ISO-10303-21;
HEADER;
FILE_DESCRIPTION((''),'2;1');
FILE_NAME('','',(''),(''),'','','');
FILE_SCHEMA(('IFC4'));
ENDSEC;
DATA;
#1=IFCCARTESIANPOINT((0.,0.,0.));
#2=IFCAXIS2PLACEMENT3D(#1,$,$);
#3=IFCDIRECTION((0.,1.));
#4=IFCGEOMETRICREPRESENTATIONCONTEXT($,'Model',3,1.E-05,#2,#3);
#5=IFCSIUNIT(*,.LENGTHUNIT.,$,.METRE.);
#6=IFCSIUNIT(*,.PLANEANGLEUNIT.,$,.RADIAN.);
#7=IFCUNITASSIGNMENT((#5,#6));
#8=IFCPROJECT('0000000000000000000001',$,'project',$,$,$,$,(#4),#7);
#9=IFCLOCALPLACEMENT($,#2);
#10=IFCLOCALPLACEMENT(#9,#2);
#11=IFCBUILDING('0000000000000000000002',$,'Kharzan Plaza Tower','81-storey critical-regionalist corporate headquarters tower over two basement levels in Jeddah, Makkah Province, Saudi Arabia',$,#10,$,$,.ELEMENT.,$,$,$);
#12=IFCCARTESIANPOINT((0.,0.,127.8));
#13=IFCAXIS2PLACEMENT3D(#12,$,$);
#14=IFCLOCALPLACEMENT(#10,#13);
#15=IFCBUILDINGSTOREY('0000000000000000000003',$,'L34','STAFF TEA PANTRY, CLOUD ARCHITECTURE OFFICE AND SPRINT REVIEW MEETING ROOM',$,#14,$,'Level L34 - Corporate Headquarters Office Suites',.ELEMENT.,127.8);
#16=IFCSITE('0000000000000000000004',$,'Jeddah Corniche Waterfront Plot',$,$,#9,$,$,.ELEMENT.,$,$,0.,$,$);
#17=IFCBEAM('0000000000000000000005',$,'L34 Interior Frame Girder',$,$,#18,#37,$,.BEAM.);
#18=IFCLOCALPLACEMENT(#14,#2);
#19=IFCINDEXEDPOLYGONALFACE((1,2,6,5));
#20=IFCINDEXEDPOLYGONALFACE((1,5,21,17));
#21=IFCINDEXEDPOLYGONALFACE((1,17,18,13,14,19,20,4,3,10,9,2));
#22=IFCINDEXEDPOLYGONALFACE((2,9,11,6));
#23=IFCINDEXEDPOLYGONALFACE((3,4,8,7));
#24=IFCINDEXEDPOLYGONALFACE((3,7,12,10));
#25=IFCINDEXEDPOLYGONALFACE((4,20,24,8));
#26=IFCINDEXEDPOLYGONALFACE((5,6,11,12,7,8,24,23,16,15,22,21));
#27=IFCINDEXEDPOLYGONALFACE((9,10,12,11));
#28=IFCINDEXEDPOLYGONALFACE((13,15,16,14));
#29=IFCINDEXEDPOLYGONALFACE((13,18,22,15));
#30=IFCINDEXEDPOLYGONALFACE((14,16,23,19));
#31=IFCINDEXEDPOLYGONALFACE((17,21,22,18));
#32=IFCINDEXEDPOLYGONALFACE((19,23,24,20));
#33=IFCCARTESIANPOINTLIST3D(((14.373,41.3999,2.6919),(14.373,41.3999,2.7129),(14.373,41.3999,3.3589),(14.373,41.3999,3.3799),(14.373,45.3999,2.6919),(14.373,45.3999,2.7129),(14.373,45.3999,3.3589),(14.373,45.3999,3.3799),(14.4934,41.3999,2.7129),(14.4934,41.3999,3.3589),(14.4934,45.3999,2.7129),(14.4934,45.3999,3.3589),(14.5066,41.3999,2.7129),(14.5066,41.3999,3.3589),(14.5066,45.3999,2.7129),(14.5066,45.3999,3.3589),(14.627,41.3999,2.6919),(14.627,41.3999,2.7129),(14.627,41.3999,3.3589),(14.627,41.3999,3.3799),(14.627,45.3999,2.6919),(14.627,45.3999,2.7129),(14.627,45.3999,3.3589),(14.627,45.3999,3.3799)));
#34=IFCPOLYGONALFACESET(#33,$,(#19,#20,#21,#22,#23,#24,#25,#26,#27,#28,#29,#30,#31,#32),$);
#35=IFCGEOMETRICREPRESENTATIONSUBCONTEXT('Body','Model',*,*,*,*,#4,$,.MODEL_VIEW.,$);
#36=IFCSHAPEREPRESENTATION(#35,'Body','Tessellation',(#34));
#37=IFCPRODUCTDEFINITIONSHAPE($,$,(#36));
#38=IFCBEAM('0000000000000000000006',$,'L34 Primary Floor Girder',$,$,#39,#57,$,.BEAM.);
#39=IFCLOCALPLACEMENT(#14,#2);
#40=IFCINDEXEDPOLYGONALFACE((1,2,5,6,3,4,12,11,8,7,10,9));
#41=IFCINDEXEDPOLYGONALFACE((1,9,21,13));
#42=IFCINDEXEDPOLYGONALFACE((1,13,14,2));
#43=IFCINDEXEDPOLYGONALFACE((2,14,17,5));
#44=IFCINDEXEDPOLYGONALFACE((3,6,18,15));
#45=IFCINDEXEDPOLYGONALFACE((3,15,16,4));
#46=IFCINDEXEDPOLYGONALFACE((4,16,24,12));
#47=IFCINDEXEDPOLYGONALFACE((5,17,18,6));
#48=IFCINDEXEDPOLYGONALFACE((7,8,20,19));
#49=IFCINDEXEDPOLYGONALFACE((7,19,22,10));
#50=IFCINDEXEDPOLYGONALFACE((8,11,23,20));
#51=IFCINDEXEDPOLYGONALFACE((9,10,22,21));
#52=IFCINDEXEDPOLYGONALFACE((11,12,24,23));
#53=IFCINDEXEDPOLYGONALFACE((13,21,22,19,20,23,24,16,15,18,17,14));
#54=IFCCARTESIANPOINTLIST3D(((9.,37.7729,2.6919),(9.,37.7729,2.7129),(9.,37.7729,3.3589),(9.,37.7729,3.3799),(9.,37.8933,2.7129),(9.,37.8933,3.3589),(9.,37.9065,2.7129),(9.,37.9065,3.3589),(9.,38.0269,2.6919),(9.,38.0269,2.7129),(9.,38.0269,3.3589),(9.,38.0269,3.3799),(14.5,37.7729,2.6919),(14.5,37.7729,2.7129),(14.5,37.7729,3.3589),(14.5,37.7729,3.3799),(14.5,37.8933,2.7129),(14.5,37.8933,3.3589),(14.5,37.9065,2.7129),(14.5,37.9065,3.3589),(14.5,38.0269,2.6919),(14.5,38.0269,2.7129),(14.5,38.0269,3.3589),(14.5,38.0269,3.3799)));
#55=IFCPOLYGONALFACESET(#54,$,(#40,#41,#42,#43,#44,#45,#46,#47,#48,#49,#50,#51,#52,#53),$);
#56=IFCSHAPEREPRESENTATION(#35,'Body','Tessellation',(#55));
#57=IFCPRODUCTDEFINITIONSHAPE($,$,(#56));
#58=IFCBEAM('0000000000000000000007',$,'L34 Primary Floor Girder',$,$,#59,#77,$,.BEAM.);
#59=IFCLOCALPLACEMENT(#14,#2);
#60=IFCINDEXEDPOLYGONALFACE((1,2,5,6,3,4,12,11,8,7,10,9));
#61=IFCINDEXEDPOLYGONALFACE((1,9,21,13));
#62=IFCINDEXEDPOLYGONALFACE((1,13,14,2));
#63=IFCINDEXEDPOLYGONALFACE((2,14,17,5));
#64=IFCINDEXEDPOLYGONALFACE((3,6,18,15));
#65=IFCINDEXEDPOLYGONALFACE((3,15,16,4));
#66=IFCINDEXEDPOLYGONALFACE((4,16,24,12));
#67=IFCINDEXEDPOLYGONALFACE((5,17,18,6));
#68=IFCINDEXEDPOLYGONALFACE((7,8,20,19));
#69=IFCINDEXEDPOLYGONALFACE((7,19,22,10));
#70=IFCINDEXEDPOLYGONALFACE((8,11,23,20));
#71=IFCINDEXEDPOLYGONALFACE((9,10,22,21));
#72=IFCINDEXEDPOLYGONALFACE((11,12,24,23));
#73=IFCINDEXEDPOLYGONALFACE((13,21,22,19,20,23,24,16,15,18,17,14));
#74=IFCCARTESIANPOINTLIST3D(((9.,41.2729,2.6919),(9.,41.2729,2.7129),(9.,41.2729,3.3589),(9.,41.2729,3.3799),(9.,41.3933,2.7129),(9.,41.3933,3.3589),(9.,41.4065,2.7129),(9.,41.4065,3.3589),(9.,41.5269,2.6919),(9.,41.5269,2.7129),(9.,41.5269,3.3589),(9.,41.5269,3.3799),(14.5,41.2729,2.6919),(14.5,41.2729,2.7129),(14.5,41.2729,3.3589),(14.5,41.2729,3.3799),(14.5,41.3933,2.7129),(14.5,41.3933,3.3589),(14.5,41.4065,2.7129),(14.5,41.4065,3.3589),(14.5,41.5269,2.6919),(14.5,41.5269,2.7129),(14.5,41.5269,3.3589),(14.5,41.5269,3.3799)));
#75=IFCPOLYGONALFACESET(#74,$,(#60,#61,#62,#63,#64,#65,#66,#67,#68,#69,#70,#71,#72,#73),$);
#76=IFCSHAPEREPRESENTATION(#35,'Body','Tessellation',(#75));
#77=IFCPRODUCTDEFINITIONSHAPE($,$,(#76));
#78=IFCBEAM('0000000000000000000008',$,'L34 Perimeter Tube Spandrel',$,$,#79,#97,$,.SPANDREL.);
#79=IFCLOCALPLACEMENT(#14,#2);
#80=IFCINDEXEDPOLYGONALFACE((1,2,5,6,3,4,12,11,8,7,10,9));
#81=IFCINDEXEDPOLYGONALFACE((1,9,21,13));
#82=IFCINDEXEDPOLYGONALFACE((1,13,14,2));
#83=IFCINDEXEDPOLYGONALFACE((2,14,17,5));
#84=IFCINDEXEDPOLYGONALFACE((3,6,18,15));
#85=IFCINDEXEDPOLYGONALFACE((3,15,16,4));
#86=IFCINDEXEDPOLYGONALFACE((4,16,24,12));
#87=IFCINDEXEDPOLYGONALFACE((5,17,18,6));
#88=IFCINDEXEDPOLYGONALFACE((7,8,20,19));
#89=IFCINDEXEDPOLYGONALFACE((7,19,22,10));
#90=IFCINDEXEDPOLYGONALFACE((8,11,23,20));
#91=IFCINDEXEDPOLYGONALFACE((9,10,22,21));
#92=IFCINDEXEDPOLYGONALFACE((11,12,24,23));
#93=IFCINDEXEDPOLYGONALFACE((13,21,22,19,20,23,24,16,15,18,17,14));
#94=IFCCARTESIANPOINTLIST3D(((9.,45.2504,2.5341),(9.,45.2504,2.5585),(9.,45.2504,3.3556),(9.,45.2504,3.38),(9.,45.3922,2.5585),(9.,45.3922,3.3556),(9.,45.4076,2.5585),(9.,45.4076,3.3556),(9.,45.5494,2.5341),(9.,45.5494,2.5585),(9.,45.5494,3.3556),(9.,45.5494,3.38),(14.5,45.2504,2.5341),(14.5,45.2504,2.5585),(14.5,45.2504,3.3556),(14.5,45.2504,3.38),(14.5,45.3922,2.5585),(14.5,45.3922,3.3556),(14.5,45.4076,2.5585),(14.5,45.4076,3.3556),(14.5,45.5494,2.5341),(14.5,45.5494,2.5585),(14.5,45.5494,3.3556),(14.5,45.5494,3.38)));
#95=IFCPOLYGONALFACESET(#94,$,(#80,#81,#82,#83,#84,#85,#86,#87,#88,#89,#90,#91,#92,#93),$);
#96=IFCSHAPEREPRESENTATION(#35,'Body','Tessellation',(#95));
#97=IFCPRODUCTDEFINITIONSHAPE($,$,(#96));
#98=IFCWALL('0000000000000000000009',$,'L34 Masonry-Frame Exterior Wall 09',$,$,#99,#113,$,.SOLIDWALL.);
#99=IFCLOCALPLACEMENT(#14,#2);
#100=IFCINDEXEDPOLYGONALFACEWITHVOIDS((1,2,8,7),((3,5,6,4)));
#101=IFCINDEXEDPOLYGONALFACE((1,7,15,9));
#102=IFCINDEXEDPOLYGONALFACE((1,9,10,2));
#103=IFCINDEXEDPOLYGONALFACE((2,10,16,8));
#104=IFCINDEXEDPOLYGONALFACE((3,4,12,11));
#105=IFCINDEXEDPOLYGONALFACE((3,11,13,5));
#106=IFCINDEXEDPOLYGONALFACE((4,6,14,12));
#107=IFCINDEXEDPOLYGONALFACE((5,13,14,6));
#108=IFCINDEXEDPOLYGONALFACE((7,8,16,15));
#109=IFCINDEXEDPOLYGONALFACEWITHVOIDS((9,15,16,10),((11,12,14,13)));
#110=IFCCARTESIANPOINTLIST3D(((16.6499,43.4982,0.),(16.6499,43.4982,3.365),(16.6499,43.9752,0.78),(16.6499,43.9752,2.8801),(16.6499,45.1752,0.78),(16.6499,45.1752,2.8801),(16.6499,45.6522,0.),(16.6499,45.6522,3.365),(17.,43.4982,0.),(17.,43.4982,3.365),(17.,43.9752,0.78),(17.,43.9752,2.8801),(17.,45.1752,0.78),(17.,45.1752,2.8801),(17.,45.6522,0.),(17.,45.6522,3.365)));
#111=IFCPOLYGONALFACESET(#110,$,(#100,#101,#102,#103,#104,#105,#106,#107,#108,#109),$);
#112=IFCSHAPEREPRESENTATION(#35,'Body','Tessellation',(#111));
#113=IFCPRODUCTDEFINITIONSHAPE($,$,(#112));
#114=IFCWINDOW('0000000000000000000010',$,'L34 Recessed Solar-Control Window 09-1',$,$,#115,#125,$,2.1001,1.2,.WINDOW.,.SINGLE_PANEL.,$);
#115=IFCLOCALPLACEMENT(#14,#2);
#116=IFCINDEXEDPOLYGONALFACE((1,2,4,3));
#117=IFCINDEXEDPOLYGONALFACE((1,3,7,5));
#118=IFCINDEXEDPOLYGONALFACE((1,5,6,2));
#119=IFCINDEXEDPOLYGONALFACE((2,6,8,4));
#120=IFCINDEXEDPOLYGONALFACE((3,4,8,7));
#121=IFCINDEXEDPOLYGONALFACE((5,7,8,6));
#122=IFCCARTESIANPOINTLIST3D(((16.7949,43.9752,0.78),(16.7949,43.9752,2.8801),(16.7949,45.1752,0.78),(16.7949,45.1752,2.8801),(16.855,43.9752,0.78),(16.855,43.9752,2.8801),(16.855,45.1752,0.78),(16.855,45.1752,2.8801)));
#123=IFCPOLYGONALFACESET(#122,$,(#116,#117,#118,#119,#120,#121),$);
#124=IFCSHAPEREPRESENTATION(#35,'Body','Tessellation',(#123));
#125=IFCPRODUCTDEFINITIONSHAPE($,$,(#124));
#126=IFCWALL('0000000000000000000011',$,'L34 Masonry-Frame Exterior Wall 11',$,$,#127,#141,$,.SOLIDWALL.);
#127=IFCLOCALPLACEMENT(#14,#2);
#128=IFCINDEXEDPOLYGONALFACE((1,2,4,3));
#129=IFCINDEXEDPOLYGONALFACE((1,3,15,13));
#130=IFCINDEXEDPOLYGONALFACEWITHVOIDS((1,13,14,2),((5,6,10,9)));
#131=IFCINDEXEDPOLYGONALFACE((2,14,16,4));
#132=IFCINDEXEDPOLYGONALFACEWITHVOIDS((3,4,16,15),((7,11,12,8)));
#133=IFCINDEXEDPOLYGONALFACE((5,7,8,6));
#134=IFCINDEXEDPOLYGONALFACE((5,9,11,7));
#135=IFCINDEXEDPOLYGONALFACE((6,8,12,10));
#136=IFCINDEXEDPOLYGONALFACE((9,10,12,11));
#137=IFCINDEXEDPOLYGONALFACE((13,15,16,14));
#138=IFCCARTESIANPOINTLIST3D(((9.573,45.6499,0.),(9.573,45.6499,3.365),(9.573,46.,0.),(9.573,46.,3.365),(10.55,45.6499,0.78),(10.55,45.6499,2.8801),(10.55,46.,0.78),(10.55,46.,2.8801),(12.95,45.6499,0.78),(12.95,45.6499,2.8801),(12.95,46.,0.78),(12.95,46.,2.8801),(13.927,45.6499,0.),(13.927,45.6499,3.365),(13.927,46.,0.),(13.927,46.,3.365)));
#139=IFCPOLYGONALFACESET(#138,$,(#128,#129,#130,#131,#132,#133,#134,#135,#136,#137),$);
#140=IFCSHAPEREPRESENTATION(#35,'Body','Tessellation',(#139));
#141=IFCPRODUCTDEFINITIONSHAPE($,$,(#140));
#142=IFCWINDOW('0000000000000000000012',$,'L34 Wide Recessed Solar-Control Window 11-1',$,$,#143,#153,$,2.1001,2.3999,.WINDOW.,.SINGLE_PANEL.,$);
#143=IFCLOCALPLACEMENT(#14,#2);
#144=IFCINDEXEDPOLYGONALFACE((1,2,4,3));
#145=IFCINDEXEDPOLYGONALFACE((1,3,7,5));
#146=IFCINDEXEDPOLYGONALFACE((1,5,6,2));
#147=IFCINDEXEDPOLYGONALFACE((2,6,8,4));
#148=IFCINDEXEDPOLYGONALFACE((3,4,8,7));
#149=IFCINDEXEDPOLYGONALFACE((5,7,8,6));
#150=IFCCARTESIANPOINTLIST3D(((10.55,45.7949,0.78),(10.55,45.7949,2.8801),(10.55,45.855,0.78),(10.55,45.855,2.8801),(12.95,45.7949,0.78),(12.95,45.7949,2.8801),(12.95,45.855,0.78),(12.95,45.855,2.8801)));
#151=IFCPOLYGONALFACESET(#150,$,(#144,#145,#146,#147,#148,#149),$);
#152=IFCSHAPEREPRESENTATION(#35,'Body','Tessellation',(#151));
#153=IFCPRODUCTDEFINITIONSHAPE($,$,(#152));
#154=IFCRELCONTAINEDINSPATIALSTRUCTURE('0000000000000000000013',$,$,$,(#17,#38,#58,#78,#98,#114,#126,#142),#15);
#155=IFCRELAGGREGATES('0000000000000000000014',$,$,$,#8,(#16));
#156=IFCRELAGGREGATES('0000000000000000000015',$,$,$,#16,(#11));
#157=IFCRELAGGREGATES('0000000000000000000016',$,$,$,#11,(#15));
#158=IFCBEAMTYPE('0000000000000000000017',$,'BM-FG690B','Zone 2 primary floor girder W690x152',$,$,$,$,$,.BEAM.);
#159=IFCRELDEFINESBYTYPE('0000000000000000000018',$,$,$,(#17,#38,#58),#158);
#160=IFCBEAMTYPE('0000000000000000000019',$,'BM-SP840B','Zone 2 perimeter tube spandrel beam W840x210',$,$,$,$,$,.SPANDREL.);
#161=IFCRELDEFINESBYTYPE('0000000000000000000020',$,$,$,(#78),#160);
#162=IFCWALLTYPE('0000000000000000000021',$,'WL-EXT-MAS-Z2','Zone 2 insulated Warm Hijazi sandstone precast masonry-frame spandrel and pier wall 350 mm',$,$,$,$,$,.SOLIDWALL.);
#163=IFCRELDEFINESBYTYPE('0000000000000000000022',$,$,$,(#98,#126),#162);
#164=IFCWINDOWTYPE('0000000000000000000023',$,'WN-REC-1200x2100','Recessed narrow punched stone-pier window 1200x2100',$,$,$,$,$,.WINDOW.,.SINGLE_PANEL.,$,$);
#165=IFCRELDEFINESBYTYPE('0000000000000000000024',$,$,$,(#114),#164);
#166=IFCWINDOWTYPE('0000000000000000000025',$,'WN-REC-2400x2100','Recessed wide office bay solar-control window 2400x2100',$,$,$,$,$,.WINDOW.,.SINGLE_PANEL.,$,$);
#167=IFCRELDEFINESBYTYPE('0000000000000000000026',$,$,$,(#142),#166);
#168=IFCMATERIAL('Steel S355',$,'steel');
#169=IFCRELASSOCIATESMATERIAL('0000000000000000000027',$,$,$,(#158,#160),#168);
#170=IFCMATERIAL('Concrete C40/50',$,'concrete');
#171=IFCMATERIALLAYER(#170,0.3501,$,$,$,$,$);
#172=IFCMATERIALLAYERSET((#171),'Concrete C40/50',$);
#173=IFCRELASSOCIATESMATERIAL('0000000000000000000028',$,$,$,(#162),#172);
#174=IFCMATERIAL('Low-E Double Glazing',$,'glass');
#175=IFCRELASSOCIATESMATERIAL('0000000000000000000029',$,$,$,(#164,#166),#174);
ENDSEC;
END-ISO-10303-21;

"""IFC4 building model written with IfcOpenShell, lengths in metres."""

from ifc_helpers import new_model, si_unit, direction, frame, frame_2d, origin, origin_2d, place, context, subcontext, project, spatial, rectangle, i_section, extrude, source, transform, mapped, material, layer, layer_set, material_profile, profile_set, type_object, element, fill, save


model = new_model("IFC4")

# Units and contexts
model_context = context("Model", 3, precision=1e-05, world=origin(), true_north=direction((0.0, 1.0)))
body_context = subcontext(model_context, "Body", "Model", "MODEL_VIEW")
ifc_project = project(units=[si_unit("LENGTHUNIT", "METRE"), si_unit("PLANEANGLEUNIT", "RADIAN")], contexts=[model_context])

# Site, building, storey
site_placement = place(None, origin())
site = spatial("IfcSite", under=ifc_project, at=site_placement, Name="Jeddah Corniche Waterfront Plot", CompositionType="ELEMENT", RefElevation=0.0)
building_placement = place(site_placement, origin())
building = spatial("IfcBuilding", under=site, at=building_placement, Name="Kharzan Plaza Tower", Description="81-storey critical-regionalist corporate headquarters tower over two basement levels in Jeddah, Makkah Province, Saudi Arabia", CompositionType="ELEMENT")
storey_placement = place(building_placement, frame((0.0, 0.0, 127.8)))
storey = spatial("IfcBuildingStorey", under=building, at=storey_placement, Name="L34", Description="STAFF TEA PANTRY, CLOUD ARCHITECTURE OFFICE AND SPRINT REVIEW MEETING ROOM", LongName="Level L34 - Corporate Headquarters Office Suites", CompositionType="ELEMENT", Elevation=127.8)

# Beams
ifc_material_1 = material(Name="Steel S355", Category="steel")
ifc_material_profile_1 = material_profile(ifc_material_1, i_section(OverallWidth=0.2539, OverallDepth=0.688, WebThickness=0.0132, FlangeThickness=0.021, at=origin_2d()), Name="W690x152")
ifc_profile_set_1 = profile_set([ifc_material_profile_1], Name="Steel S355")
beam_type_1 = type_object("IfcBeamType", Name="BM-FG690B", Description="Zone 2 primary floor girder W690x152", PredefinedType="BEAM", material=ifc_profile_set_1)
shared_shape_1 = source(origin(), body_context, "Body", "SweptSolid", [
    extrude(i_section(OverallWidth=0.2539, OverallDepth=0.688, WebThickness=0.0132, FlangeThickness=0.021, at=origin_2d()), origin(), (0.0, 0.0, 1.0), 4.0),
])
for number, where, z_axis, x_axis, name in (
    (1, (14.5, 41.3999, 3.0359), (0.0, 1.0, 0.0), (-1.0, 0.0, 0.0), "L34 Interior Frame Girder"),
):
    element("IfcBeam", number, at=place(storey_placement, frame(where, z_axis=z_axis, x_axis=x_axis)), inside=storey, type_object=beam_type_1, Name=name, PredefinedType="BEAM", context=body_context, shape_type="MappedRepresentation", body=[
        mapped(shared_shape_1, transform((0.0, 0.0, 0.0), x_axis=(1.0, 0.0, 0.0), y_axis=(0.0, 1.0, 0.0), z_axis=(0.0, 0.0, 1.0))),
    ])
shared_shape_2 = source(origin(), body_context, "Body", "SweptSolid", [
    extrude(i_section(OverallWidth=0.2539, OverallDepth=0.688, WebThickness=0.0132, FlangeThickness=0.021, at=origin_2d()), origin(), (0.0, 0.0, 1.0), 5.5),
])
for number, where, z_axis, x_axis, name in (
    (2, (9.0, 37.8999, 3.0359), (1.0, 0.0, 0.0), (0.0, 1.0, 0.0), "L34 Primary Floor Girder"),
    (3, (9.0, 41.3999, 3.0359), (1.0, 0.0, 0.0), (0.0, 1.0, 0.0), "L34 Primary Floor Girder"),
):
    element("IfcBeam", number, at=place(storey_placement, frame(where, z_axis=z_axis, x_axis=x_axis)), inside=storey, type_object=beam_type_1, Name=name, PredefinedType="BEAM", context=body_context, shape_type="MappedRepresentation", body=[
        mapped(shared_shape_2, transform((0.0, 0.0, 0.0), x_axis=(1.0, 0.0, 0.0), y_axis=(0.0, 1.0, 0.0), z_axis=(0.0, 0.0, 1.0))),
    ])
ifc_material_profile_2 = material_profile(ifc_material_1, i_section(OverallWidth=0.2991, OverallDepth=0.8459, WebThickness=0.0154, FlangeThickness=0.0244, at=origin_2d()), Name="W840x210")
ifc_profile_set_2 = profile_set([ifc_material_profile_2], Name="Steel S355")
beam_type_2 = type_object("IfcBeamType", Name="BM-SP840B", Description="Zone 2 perimeter tube spandrel beam W840x210", PredefinedType="SPANDREL", material=ifc_profile_set_2)
shared_shape_3 = source(origin(), body_context, "Body", "SweptSolid", [
    extrude(i_section(OverallWidth=0.2991, OverallDepth=0.8459, WebThickness=0.0154, FlangeThickness=0.0244, at=origin_2d()), origin(), (0.0, 0.0, 1.0), 5.5),
])
beam_placement = place(storey_placement, frame((9.0, 45.3999, 2.957), z_axis=(1.0, 0.0, 0.0), x_axis=(0.0, 1.0, 0.0)))
element("IfcBeam", 4, at=beam_placement, inside=storey, type_object=beam_type_2, Name="L34 Perimeter Tube Spandrel", PredefinedType="SPANDREL", context=body_context, shape_type="MappedRepresentation", body=[
    mapped(shared_shape_3, transform((0.0, 0.0, 0.0), x_axis=(1.0, 0.0, 0.0), y_axis=(0.0, 1.0, 0.0), z_axis=(0.0, 0.0, 1.0))),
])

# Walls, openings, windows
ifc_material_2 = material(Name="Concrete C40/50", Category="concrete")
ifc_layer_1 = layer(ifc_material_2, 0.3501)
ifc_layer_set_1 = layer_set([ifc_layer_1], Name="Concrete C40/50")
wall_type_1 = type_object("IfcWallType", Name="WL-EXT-MAS-Z2", Description="Zone 2 insulated Warm Hijazi sandstone precast masonry-frame spandrel and pier wall 350 mm", PredefinedType="SOLIDWALL", material=ifc_layer_set_1)
wall_1_placement = place(storey_placement, frame((16.825, 43.498, 0.0), z_axis=(0.0, 0.0, 1.0), x_axis=(0.0, 1.0, 0.0)))
wall_1 = element("IfcWall", 5, at=wall_1_placement, inside=storey, type_object=wall_type_1, Name="L34 Masonry-Frame Exterior Wall 09", PredefinedType="SOLIDWALL", context=body_context, shape_type="SweptSolid", body=[
    extrude(rectangle(XDim=2.1541, YDim=0.3501, at=frame_2d((1.0771, 0.0))), origin(), (0.0, 0.0, 1.0), 3.365),
])
opening_1_placement = place(wall_1_placement, frame((0.4771, 0.0, 0.78)))
opening_1 = element("IfcOpeningElement", 6, at=opening_1_placement, cuts=wall_1, PredefinedType="OPENING", context=body_context, shape_type="SweptSolid", body=[
    extrude(rectangle(XDim=1.2, YDim=2.1001, at=frame_2d((0.6001, 1.05))), frame((0.0, 0.1851, 0.0), z_axis=(0.0, -1.0, 0.0), x_axis=(1.0, 0.0, 0.0)), (0.0, 0.0, 1.0), 0.3701),
])
ifc_material_3 = material(Name="Low-E Double Glazing", Category="glass")
window_type_1 = type_object("IfcWindowType", Name="WN-REC-1200x2100", Description="Recessed narrow punched stone-pier window 1200x2100", PartitioningType="SINGLE_PANEL", PredefinedType="WINDOW", material=ifc_material_3)
shared_shape_4 = source(origin(), body_context, "Body", "SweptSolid", [
    extrude(rectangle(XDim=1.2, YDim=2.1001, at=frame_2d((0.6001, 1.05))), frame((0.0, 0.03, 0.0), z_axis=(0.0, -1.0, 0.0), x_axis=(1.0, 0.0, 0.0)), (0.0, 0.0, 1.0), 0.0601),
])
window_1_placement = place(opening_1_placement, origin())
window_1 = element("IfcWindow", 7, at=window_1_placement, inside=storey, type_object=window_type_1, Name="L34 Recessed Solar-Control Window 09-1", OverallHeight=2.1001, OverallWidth=1.2, PartitioningType="SINGLE_PANEL", PredefinedType="WINDOW", context=body_context, shape_type="MappedRepresentation", body=[
    mapped(shared_shape_4, transform((0.0, 0.0, 0.0), x_axis=(1.0, 0.0, 0.0), y_axis=(0.0, 1.0, 0.0), z_axis=(0.0, 0.0, 1.0))),
])
fill(opening_1, window_1)
wall_2_placement = place(storey_placement, frame((13.927, 45.825, 0.0), z_axis=(0.0, 0.0, 1.0), x_axis=(-1.0, 0.0, 0.0)))
wall_2 = element("IfcWall", 8, at=wall_2_placement, inside=storey, type_object=wall_type_1, Name="L34 Masonry-Frame Exterior Wall 11", PredefinedType="SOLIDWALL", context=body_context, shape_type="SweptSolid", body=[
    extrude(rectangle(XDim=4.354, YDim=0.3501, at=frame_2d((2.177, 0.0))), origin(), (0.0, 0.0, 1.0), 3.365),
])
opening_2_placement = place(wall_2_placement, frame((0.9771, 0.0, 0.78)))
opening_2 = element("IfcOpeningElement", 9, at=opening_2_placement, cuts=wall_2, PredefinedType="OPENING", context=body_context, shape_type="SweptSolid", body=[
    extrude(rectangle(XDim=2.3999, YDim=2.1001, at=frame_2d((1.2, 1.05))), frame((0.0, 0.1851, 0.0), z_axis=(0.0, -1.0, 0.0), x_axis=(1.0, 0.0, 0.0)), (0.0, 0.0, 1.0), 0.3701),
])
window_type_2 = type_object("IfcWindowType", Name="WN-REC-2400x2100", Description="Recessed wide office bay solar-control window 2400x2100", PartitioningType="SINGLE_PANEL", PredefinedType="WINDOW", material=ifc_material_3)
shared_shape_5 = source(origin(), body_context, "Body", "SweptSolid", [
    extrude(rectangle(XDim=2.3999, YDim=2.1001, at=frame_2d((1.2, 1.05))), frame((0.0, 0.03, 0.0), z_axis=(0.0, -1.0, 0.0), x_axis=(1.0, 0.0, 0.0)), (0.0, 0.0, 1.0), 0.0601),
])
window_2_placement = place(opening_2_placement, origin())
window_2 = element("IfcWindow", 10, at=window_2_placement, inside=storey, type_object=window_type_2, Name="L34 Wide Recessed Solar-Control Window 11-1", OverallHeight=2.1001, OverallWidth=2.3999, PartitioningType="SINGLE_PANEL", PredefinedType="WINDOW", context=body_context, shape_type="MappedRepresentation", body=[
    mapped(shared_shape_5, transform((0.0, 0.0, 0.0), x_axis=(1.0, 0.0, 0.0), y_axis=(0.0, 1.0, 0.0), z_axis=(0.0, 0.0, 1.0))),
])
fill(opening_2, window_2)

save(model, "model.ifc")
